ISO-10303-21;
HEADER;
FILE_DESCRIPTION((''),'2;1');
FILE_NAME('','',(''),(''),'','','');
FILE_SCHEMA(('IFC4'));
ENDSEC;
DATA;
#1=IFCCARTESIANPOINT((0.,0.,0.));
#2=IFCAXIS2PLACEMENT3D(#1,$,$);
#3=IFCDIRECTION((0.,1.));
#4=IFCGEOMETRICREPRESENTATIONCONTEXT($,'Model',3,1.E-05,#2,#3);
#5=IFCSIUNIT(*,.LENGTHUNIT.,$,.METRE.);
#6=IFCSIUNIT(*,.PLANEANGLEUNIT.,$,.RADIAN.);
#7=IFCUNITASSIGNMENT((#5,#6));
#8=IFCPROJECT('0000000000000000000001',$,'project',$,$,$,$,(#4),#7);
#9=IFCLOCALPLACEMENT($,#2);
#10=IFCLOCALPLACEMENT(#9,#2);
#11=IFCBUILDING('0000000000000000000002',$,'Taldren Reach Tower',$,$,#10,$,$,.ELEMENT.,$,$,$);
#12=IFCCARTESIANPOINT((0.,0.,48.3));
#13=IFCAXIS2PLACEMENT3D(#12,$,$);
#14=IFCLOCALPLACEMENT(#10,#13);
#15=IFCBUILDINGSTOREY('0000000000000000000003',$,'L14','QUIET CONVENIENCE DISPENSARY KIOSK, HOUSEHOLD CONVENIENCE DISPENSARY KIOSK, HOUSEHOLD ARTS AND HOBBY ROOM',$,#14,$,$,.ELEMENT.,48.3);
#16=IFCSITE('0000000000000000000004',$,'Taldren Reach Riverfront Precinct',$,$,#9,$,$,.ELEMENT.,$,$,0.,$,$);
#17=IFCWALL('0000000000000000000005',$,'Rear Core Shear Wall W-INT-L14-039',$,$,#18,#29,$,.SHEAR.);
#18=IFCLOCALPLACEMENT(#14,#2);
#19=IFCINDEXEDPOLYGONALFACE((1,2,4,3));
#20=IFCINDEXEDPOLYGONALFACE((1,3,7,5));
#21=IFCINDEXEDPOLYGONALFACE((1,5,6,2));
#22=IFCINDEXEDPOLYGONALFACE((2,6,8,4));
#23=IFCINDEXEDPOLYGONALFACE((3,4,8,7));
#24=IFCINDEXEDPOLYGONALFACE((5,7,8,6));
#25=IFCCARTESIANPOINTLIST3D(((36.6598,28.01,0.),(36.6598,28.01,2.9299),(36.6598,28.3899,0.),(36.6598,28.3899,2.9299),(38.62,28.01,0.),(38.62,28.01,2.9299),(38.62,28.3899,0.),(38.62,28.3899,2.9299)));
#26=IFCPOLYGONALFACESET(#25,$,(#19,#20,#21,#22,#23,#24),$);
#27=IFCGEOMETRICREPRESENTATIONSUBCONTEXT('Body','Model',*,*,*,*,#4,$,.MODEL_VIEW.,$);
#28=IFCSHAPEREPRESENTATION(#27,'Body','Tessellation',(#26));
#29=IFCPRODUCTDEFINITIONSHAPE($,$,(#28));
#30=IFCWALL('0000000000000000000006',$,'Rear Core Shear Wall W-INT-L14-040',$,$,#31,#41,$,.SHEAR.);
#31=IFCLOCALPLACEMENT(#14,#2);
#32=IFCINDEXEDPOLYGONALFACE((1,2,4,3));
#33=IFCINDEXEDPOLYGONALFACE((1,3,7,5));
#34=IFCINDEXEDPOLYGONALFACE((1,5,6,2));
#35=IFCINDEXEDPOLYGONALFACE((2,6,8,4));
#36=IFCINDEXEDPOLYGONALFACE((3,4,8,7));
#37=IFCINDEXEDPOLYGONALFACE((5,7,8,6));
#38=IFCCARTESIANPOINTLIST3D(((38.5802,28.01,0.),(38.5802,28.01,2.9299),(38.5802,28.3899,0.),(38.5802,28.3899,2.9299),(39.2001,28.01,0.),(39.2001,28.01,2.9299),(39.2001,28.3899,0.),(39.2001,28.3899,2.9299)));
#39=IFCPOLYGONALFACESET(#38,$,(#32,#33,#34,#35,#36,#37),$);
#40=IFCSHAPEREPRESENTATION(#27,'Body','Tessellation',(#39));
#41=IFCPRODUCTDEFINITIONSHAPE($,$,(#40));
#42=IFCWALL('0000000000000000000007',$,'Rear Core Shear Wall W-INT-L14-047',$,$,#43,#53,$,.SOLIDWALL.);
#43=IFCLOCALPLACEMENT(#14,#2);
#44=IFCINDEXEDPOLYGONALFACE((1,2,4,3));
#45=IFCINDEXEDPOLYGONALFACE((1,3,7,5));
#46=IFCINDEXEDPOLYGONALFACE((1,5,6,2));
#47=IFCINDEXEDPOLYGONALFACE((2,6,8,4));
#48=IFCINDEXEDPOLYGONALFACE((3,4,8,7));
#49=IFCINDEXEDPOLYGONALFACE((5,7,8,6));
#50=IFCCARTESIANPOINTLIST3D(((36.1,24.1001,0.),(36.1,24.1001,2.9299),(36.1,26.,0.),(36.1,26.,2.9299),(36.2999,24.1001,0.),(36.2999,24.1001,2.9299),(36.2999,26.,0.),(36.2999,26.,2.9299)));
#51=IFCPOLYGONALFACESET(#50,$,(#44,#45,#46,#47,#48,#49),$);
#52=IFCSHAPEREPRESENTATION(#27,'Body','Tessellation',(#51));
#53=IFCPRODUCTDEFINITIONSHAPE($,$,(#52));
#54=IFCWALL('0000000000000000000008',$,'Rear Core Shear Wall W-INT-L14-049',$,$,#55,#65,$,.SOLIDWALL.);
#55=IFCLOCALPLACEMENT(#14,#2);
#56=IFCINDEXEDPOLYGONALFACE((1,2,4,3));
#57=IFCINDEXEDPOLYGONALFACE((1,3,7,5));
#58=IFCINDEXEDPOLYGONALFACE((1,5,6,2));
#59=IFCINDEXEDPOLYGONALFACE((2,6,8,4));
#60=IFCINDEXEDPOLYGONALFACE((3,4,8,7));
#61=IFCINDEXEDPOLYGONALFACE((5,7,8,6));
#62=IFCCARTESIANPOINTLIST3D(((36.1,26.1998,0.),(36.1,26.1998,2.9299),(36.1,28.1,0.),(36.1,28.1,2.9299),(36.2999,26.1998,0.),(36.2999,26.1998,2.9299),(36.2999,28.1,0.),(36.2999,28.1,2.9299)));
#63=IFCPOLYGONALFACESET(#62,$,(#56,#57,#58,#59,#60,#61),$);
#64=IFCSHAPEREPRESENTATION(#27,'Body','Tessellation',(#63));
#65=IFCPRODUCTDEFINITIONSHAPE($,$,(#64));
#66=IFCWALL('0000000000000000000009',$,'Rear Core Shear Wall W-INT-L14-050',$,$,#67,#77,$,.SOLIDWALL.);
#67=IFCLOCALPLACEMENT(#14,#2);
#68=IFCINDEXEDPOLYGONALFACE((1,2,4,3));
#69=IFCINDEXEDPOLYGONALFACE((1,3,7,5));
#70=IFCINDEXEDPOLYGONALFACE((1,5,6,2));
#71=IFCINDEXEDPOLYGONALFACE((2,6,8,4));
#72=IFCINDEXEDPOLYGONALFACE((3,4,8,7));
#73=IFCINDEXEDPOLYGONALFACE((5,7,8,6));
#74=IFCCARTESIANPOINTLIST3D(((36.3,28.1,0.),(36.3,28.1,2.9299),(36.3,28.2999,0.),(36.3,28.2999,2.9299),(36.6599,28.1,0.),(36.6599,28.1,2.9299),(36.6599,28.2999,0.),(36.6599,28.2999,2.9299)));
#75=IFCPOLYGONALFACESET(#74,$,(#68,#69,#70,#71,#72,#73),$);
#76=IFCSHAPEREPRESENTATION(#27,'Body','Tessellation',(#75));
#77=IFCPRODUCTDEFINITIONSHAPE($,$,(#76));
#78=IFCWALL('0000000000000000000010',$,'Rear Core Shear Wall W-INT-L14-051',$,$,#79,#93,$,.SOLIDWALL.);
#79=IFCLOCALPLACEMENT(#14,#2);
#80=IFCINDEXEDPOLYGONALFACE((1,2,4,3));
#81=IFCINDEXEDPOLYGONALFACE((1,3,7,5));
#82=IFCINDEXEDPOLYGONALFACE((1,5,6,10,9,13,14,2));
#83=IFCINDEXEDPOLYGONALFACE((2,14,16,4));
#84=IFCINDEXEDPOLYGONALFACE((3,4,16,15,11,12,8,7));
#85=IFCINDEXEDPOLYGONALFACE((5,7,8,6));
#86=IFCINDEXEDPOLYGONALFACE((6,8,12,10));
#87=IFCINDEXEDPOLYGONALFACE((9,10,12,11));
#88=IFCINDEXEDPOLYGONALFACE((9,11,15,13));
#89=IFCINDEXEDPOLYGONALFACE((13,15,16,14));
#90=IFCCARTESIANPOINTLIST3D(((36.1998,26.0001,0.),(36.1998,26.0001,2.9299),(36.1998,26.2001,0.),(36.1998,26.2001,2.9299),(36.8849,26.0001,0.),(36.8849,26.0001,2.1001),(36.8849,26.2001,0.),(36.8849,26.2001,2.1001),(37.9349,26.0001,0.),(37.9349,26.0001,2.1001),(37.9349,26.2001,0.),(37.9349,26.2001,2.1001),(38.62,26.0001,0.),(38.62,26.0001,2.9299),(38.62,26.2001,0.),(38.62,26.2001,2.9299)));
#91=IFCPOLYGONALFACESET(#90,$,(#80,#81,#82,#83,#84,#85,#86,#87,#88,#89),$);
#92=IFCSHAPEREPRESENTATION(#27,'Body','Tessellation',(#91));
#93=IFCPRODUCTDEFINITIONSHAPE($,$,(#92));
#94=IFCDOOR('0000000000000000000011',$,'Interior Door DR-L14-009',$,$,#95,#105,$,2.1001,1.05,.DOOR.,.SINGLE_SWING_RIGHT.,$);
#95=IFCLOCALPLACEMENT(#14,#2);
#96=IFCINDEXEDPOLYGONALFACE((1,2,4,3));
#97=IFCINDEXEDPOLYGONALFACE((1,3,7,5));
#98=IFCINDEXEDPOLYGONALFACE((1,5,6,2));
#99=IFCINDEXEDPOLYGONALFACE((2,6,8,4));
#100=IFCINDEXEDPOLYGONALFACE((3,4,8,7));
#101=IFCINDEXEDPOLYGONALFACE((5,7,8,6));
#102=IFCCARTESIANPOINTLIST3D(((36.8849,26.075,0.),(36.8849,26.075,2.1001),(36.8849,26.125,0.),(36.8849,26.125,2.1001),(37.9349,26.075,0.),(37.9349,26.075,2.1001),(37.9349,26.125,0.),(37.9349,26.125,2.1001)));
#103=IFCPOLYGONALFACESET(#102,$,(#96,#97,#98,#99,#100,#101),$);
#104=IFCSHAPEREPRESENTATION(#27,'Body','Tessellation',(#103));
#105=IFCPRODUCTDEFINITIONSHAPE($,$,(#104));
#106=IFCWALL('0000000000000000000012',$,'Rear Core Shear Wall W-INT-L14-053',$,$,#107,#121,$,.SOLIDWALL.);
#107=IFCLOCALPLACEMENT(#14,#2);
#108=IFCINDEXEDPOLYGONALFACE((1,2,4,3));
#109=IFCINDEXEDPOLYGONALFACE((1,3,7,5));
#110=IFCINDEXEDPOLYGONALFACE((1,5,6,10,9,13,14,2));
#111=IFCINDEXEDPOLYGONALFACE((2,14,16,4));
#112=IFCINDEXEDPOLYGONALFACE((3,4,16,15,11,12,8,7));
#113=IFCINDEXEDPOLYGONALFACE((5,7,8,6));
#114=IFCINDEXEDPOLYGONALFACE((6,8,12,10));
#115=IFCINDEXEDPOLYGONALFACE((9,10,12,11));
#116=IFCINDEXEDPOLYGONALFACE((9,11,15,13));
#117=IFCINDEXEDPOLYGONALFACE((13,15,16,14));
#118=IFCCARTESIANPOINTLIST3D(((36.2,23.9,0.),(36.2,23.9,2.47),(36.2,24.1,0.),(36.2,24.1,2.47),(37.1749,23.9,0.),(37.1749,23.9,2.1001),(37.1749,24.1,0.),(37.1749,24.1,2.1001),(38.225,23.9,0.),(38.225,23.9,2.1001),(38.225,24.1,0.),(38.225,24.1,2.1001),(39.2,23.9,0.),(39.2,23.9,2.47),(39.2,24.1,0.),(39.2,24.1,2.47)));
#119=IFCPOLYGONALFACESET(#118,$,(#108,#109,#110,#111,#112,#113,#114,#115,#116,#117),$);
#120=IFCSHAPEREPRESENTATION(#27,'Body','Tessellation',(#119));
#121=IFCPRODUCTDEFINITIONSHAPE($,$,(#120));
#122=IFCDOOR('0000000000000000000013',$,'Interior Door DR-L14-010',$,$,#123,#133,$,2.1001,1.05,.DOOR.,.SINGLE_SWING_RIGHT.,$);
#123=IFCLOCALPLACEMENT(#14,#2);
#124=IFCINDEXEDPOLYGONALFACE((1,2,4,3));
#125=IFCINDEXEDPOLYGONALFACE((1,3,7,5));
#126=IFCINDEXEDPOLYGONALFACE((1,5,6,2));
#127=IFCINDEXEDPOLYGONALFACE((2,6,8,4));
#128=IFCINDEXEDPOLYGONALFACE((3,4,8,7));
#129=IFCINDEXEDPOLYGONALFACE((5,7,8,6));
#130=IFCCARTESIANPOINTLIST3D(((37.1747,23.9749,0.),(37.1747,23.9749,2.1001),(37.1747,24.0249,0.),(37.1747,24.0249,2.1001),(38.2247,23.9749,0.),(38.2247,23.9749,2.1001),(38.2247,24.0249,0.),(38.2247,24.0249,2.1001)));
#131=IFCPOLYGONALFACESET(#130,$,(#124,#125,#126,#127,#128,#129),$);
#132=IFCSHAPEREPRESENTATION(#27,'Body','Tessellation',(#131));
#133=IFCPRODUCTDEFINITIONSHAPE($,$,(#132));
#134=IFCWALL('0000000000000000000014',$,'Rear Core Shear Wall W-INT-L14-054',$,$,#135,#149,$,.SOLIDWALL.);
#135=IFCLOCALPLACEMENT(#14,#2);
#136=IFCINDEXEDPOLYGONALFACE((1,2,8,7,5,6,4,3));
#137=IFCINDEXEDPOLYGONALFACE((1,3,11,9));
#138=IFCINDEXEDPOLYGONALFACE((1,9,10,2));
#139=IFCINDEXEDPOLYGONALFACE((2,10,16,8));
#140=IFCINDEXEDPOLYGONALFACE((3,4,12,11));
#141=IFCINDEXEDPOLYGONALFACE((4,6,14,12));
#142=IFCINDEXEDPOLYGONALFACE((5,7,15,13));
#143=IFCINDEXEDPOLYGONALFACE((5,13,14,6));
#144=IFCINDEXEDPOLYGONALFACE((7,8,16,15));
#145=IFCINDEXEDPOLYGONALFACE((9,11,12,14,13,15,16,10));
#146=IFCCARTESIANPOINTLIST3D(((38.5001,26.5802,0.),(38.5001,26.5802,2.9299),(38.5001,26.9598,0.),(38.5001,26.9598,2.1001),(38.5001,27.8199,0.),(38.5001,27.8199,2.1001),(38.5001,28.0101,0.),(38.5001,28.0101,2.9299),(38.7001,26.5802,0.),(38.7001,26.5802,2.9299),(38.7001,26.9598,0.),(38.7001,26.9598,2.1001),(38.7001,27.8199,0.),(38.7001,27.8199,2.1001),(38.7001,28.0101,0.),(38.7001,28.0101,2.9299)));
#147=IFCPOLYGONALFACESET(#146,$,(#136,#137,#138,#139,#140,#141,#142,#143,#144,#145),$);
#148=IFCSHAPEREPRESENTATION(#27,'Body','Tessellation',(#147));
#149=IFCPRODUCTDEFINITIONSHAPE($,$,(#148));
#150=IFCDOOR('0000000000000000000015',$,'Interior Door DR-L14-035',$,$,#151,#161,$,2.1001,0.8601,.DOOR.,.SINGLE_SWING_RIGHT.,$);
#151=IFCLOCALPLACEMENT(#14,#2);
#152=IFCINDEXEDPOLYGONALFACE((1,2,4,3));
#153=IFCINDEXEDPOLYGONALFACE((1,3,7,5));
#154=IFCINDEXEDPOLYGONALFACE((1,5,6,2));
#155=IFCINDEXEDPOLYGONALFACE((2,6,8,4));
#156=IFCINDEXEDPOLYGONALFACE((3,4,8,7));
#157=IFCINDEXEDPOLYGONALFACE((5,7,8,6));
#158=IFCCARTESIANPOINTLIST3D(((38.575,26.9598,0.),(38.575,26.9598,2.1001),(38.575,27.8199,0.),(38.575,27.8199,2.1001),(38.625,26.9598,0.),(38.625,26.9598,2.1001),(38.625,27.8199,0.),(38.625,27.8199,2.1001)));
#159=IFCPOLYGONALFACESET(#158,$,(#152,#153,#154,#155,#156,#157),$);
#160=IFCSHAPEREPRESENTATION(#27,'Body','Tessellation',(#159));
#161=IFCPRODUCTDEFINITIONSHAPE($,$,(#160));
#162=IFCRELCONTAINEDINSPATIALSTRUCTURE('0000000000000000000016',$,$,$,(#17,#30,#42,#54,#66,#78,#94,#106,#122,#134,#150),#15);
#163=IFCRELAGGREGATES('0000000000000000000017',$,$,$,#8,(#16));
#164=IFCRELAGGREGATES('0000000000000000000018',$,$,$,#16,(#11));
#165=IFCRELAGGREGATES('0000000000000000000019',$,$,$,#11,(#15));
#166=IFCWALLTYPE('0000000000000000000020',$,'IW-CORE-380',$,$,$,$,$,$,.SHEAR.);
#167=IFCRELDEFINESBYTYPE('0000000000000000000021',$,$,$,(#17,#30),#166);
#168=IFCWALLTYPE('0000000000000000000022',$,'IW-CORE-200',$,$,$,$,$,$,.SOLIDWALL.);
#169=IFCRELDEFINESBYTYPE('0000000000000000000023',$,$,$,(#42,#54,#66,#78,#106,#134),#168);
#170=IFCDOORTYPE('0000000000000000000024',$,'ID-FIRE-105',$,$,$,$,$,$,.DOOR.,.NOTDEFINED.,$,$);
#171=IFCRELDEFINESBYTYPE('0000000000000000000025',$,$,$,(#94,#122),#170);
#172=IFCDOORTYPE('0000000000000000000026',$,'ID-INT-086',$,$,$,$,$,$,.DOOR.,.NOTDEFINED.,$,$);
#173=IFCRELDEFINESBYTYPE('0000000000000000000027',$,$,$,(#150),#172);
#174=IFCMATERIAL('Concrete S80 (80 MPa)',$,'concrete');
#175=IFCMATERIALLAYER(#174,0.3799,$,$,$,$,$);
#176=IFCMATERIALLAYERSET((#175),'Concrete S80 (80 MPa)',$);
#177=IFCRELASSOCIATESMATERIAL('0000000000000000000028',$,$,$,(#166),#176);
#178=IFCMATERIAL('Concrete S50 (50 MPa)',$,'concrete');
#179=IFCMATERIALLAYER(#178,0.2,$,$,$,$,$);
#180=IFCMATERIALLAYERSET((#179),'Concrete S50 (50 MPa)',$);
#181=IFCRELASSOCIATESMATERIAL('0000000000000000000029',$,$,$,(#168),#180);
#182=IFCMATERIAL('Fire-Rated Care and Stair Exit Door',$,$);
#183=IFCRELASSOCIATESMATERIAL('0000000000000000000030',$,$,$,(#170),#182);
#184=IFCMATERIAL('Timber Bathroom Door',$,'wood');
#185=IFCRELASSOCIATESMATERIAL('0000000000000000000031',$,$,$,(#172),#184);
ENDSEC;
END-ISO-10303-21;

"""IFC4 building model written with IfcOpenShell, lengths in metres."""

from ifc_helpers import new_model, si_unit, direction, frame, frame_2d, origin, place, context, subcontext, project, spatial, rectangle, extrude, source, transform, mapped, material, layer, layer_set, type_object, element, fill, save


model = new_model("IFC4")

# Units and contexts
model_context = context("Model", 3, precision=1e-05, world=origin(), true_north=direction((0.0, 1.0)))
body_context = subcontext(model_context, "Body", "Model", "MODEL_VIEW")
ifc_project = project(units=[si_unit("LENGTHUNIT", "METRE"), si_unit("PLANEANGLEUNIT", "RADIAN")], contexts=[model_context])

# Site, building, storey
site_placement = place(None, origin())
site = spatial("IfcSite", under=ifc_project, at=site_placement, Name="Taldren Reach Riverfront Precinct", CompositionType="ELEMENT", RefElevation=0.0)
building_placement = place(site_placement, origin())
building = spatial("IfcBuilding", under=site, at=building_placement, Name="Taldren Reach Tower", CompositionType="ELEMENT")
storey_placement = place(building_placement, frame((0.0, 0.0, 48.3)))
storey = spatial("IfcBuildingStorey", under=building, at=storey_placement, Name="L14", Description="QUIET CONVENIENCE DISPENSARY KIOSK, HOUSEHOLD CONVENIENCE DISPENSARY KIOSK, HOUSEHOLD ARTS AND HOBBY ROOM", CompositionType="ELEMENT", Elevation=48.3)

# Walls
ifc_material_1 = material(Name="Concrete S80 (80 MPa)", Category="concrete")
ifc_layer_1 = layer(ifc_material_1, 0.3799)
ifc_layer_set_1 = layer_set([ifc_layer_1], Name="Concrete S80 (80 MPa)")
wall_type_1 = type_object("IfcWallType", Name="IW-CORE-380", PredefinedType="SHEAR", material=ifc_layer_set_1)
ifc_material_2 = material(Name="Concrete S50 (50 MPa)", Category="concrete")
ifc_layer_2 = layer(ifc_material_2, 0.2)
ifc_layer_set_2 = layer_set([ifc_layer_2], Name="Concrete S50 (50 MPa)")
wall_type_2 = type_object("IfcWallType", Name="IW-CORE-200", PredefinedType="SOLIDWALL", material=ifc_layer_set_2)
shared_shape_1 = source(origin(), body_context, "Body", "SweptSolid", [
    extrude(rectangle(XDim=1.9602, YDim=0.3799, at=frame_2d((0.98, 0.0))), origin(), (0.0, 0.0, 1.0), 2.9299),
])
wall_1_placement = place(storey_placement, frame((36.6599, 28.2, 0.0), z_axis=(0.0, 0.0, 1.0), x_axis=(1.0, 0.0, 0.0)))
element("IfcWall", 1, at=wall_1_placement, inside=storey, type_object=wall_type_1, Name="Rear Core Shear Wall W-INT-L14-039", PredefinedType="SHEAR", context=body_context, shape_type="MappedRepresentation", body=[
    mapped(shared_shape_1, transform((0.0, 0.0, 0.0), scale=1.0)),
])
shared_shape_2 = source(origin(), body_context, "Body", "SweptSolid", [
    extrude(rectangle(XDim=0.6199, YDim=0.3799, at=frame_2d((0.3101, 0.0))), origin(), (0.0, 0.0, 1.0), 2.9299),
])
wall_2_placement = place(storey_placement, frame((38.5801, 28.2, 0.0), z_axis=(0.0, 0.0, 1.0), x_axis=(1.0, 0.0, 0.0)))
element("IfcWall", 2, at=wall_2_placement, inside=storey, type_object=wall_type_1, Name="Rear Core Shear Wall W-INT-L14-040", PredefinedType="SHEAR", context=body_context, shape_type="MappedRepresentation", body=[
    mapped(shared_shape_2, transform((0.0, 0.0, 0.0), scale=1.0)),
])
shared_shape_3 = source(origin(), body_context, "Body", "SweptSolid", [
    extrude(rectangle(XDim=1.8999, YDim=0.2, at=frame_2d((0.95, 0.0))), origin(), (0.0, 0.0, 1.0), 2.9299),
])
wall_3_placement = place(storey_placement, frame((36.2, 26.0, 0.0), z_axis=(0.0, 0.0, 1.0), x_axis=(0.0, -1.0, 0.0)))
element("IfcWall", 3, at=wall_3_placement, inside=storey, type_object=wall_type_2, Name="Rear Core Shear Wall W-INT-L14-047", PredefinedType="SOLIDWALL", context=body_context, shape_type="MappedRepresentation", body=[
    mapped(shared_shape_3, transform((0.0, 0.0, 0.0), scale=1.0)),
])
shared_shape_4 = source(origin(), body_context, "Body", "SweptSolid", [
    extrude(rectangle(XDim=1.9001, YDim=0.2, at=frame_2d((0.9502, 0.0))), origin(), (0.0, 0.0, 1.0), 2.9299),
])
wall_4_placement = place(storey_placement, frame((36.2, 28.1001, 0.0), z_axis=(0.0, 0.0, 1.0), x_axis=(0.0, -1.0, 0.0)))
element("IfcWall", 4, at=wall_4_placement, inside=storey, type_object=wall_type_2, Name="Rear Core Shear Wall W-INT-L14-049", PredefinedType="SOLIDWALL", context=body_context, shape_type="MappedRepresentation", body=[
    mapped(shared_shape_4, transform((0.0, 0.0, 0.0), scale=1.0)),
])
shared_shape_5 = source(origin(), body_context, "Body", "SweptSolid", [
    extrude(rectangle(XDim=0.3599, YDim=0.2, at=frame_2d((0.1799, 0.0))), origin(), (0.0, 0.0, 1.0), 2.9299),
])
wall_5_placement = place(storey_placement, frame((36.6599, 28.2, 0.0), z_axis=(0.0, 0.0, 1.0), x_axis=(-1.0, 0.0, 0.0)))
element("IfcWall", 5, at=wall_5_placement, inside=storey, type_object=wall_type_2, Name="Rear Core Shear Wall W-INT-L14-050", PredefinedType="SOLIDWALL", context=body_context, shape_type="MappedRepresentation", body=[
    mapped(shared_shape_5, transform((0.0, 0.0, 0.0), scale=1.0)),
])

# Walls, openings, doors
shared_shape_6 = source(origin(), body_context, "Body", "SweptSolid", [
    extrude(rectangle(XDim=2.4202, YDim=0.2, at=frame_2d((1.21, 0.0))), origin(), (0.0, 0.0, 1.0), 2.9299),
])
wall_6_placement = place(storey_placement, frame((36.2, 26.1001, 0.0), z_axis=(0.0, 0.0, 1.0), x_axis=(1.0, 0.0, 0.0)))
wall_6 = element("IfcWall", 6, at=wall_6_placement, inside=storey, type_object=wall_type_2, Name="Rear Core Shear Wall W-INT-L14-051", PredefinedType="SOLIDWALL", context=body_context, shape_type="MappedRepresentation", body=[
    mapped(shared_shape_6, transform((0.0, 0.0, 0.0), scale=1.0)),
])
shared_shape_7 = source(origin(), body_context, "Body", "SweptSolid", [
    extrude(rectangle(XDim=1.05, YDim=2.1001, at=frame_2d((0.5249, 1.05))), frame((0.0, 0.1099, 0.0), z_axis=(0.0, -1.0, 0.0), x_axis=(1.0, 0.0, 0.0)), (0.0, 0.0, 1.0), 0.22),
])
opening_1_placement = place(wall_6_placement, frame((0.6851, 0.0, 0.0)))
opening_1 = element("IfcOpeningElement", 7, at=opening_1_placement, cuts=wall_6, PredefinedType="OPENING", context=body_context, shape_type="MappedRepresentation", body=[
    mapped(shared_shape_7, transform((0.0, 0.0, 0.0), scale=1.0)),
])
ifc_material_3 = material(Name="Fire-Rated Care and Stair Exit Door")
door_type_1 = type_object("IfcDoorType", Name="ID-FIRE-105", OperationType="NOTDEFINED", PredefinedType="DOOR", material=ifc_material_3)
shared_shape_8 = source(origin(), body_context, "Body", "SweptSolid", [
    extrude(rectangle(XDim=1.05, YDim=2.1001, at=frame_2d((0.5249, 1.05))), frame((0.0, 0.0249, 0.0), z_axis=(0.0, -1.0, 0.0), x_axis=(1.0, 0.0, 0.0)), (0.0, 0.0, 1.0), 0.05),
])
door_1_placement = place(opening_1_placement, origin())
door_1 = element("IfcDoor", 8, at=door_1_placement, inside=storey, type_object=door_type_1, Name="Interior Door DR-L14-009", OperationType="SINGLE_SWING_RIGHT", OverallHeight=2.1001, OverallWidth=1.05, PredefinedType="DOOR", context=body_context, shape_type="MappedRepresentation", body=[
    mapped(shared_shape_8, transform((0.0, 0.0, 0.0), scale=1.0)),
])
fill(opening_1, door_1)
shared_shape_9 = source(origin(), body_context, "Body", "SweptSolid", [
    extrude(rectangle(XDim=3.0, YDim=0.2, at=frame_2d((1.5, 0.0))), origin(), (0.0, 0.0, 1.0), 2.47),
])
wall_7_placement = place(storey_placement, frame((39.2, 24.0, 0.0), z_axis=(0.0, 0.0, 1.0), x_axis=(-1.0, 0.0, 0.0)))
wall_7 = element("IfcWall", 9, at=wall_7_placement, inside=storey, type_object=wall_type_2, Name="Rear Core Shear Wall W-INT-L14-053", PredefinedType="SOLIDWALL", context=body_context, shape_type="MappedRepresentation", body=[
    mapped(shared_shape_9, transform((0.0, 0.0, 0.0), scale=1.0)),
])
opening_2_placement = place(wall_7_placement, frame((0.9751, 0.0, 0.0)))
opening_2 = element("IfcOpeningElement", 10, at=opening_2_placement, cuts=wall_7, PredefinedType="OPENING", context=body_context, shape_type="MappedRepresentation", body=[
    mapped(shared_shape_7, transform((0.0, 0.0, 0.0), scale=1.0)),
])
door_2_placement = place(opening_2_placement, frame((1.05, 0.0, 0.0), z_axis=(0.0, 0.0, 1.0), x_axis=(-1.0, 0.0, 0.0)))
door_2 = element("IfcDoor", 11, at=door_2_placement, inside=storey, type_object=door_type_1, Name="Interior Door DR-L14-010", OperationType="SINGLE_SWING_RIGHT", OverallHeight=2.1001, OverallWidth=1.05, PredefinedType="DOOR", context=body_context, shape_type="MappedRepresentation", body=[
    mapped(shared_shape_8, transform((0.0, 0.0, 0.0), scale=1.0)),
])
fill(opening_2, door_2)
shared_shape_10 = source(origin(), body_context, "Body", "SweptSolid", [
    extrude(rectangle(XDim=1.4299, YDim=0.2, at=frame_2d((0.7148, 0.0))), origin(), (0.0, 0.0, 1.0), 2.9299),
])
wall_8_placement = place(storey_placement, frame((38.6001, 28.01, 0.0), z_axis=(0.0, 0.0, 1.0), x_axis=(0.0, -1.0, 0.0)))
wall_8 = element("IfcWall", 12, at=wall_8_placement, inside=storey, type_object=wall_type_2, Name="Rear Core Shear Wall W-INT-L14-054", PredefinedType="SOLIDWALL", context=body_context, shape_type="MappedRepresentation", body=[
    mapped(shared_shape_10, transform((0.0, 0.0, 0.0), scale=1.0)),
])
shared_shape_11 = source(origin(), body_context, "Body", "SweptSolid", [
    extrude(rectangle(XDim=0.8601, YDim=2.1001, at=frame_2d((0.4302, 1.05))), frame((0.0, 0.1099, 0.0), z_axis=(0.0, -1.0, 0.0), x_axis=(1.0, 0.0, 0.0)), (0.0, 0.0, 1.0), 0.22),
])
opening_3_placement = place(wall_8_placement, frame((0.1899, 0.0, 0.0)))
opening_3 = element("IfcOpeningElement", 13, at=opening_3_placement, cuts=wall_8, PredefinedType="OPENING", context=body_context, shape_type="MappedRepresentation", body=[
    mapped(shared_shape_11, transform((0.0, 0.0, 0.0), scale=1.0)),
])
ifc_material_4 = material(Name="Timber Bathroom Door", Category="wood")
door_type_2 = type_object("IfcDoorType", Name="ID-INT-086", OperationType="NOTDEFINED", PredefinedType="DOOR", material=ifc_material_4)
shared_shape_12 = source(origin(), body_context, "Body", "SweptSolid", [
    extrude(rectangle(XDim=0.8601, YDim=2.1001, at=frame_2d((0.4302, 1.05))), frame((0.0, 0.0249, 0.0), z_axis=(0.0, -1.0, 0.0), x_axis=(1.0, 0.0, 0.0)), (0.0, 0.0, 1.0), 0.05),
])
door_3_placement = place(opening_3_placement, origin())
door_3 = element("IfcDoor", 14, at=door_3_placement, inside=storey, type_object=door_type_2, Name="Interior Door DR-L14-035", OperationType="SINGLE_SWING_RIGHT", OverallHeight=2.1001, OverallWidth=0.8601, PredefinedType="DOOR", context=body_context, shape_type="MappedRepresentation", body=[
    mapped(shared_shape_12, transform((0.0, 0.0, 0.0), scale=1.0)),
])
fill(opening_3, door_3)

save(model, "model.ifc")
